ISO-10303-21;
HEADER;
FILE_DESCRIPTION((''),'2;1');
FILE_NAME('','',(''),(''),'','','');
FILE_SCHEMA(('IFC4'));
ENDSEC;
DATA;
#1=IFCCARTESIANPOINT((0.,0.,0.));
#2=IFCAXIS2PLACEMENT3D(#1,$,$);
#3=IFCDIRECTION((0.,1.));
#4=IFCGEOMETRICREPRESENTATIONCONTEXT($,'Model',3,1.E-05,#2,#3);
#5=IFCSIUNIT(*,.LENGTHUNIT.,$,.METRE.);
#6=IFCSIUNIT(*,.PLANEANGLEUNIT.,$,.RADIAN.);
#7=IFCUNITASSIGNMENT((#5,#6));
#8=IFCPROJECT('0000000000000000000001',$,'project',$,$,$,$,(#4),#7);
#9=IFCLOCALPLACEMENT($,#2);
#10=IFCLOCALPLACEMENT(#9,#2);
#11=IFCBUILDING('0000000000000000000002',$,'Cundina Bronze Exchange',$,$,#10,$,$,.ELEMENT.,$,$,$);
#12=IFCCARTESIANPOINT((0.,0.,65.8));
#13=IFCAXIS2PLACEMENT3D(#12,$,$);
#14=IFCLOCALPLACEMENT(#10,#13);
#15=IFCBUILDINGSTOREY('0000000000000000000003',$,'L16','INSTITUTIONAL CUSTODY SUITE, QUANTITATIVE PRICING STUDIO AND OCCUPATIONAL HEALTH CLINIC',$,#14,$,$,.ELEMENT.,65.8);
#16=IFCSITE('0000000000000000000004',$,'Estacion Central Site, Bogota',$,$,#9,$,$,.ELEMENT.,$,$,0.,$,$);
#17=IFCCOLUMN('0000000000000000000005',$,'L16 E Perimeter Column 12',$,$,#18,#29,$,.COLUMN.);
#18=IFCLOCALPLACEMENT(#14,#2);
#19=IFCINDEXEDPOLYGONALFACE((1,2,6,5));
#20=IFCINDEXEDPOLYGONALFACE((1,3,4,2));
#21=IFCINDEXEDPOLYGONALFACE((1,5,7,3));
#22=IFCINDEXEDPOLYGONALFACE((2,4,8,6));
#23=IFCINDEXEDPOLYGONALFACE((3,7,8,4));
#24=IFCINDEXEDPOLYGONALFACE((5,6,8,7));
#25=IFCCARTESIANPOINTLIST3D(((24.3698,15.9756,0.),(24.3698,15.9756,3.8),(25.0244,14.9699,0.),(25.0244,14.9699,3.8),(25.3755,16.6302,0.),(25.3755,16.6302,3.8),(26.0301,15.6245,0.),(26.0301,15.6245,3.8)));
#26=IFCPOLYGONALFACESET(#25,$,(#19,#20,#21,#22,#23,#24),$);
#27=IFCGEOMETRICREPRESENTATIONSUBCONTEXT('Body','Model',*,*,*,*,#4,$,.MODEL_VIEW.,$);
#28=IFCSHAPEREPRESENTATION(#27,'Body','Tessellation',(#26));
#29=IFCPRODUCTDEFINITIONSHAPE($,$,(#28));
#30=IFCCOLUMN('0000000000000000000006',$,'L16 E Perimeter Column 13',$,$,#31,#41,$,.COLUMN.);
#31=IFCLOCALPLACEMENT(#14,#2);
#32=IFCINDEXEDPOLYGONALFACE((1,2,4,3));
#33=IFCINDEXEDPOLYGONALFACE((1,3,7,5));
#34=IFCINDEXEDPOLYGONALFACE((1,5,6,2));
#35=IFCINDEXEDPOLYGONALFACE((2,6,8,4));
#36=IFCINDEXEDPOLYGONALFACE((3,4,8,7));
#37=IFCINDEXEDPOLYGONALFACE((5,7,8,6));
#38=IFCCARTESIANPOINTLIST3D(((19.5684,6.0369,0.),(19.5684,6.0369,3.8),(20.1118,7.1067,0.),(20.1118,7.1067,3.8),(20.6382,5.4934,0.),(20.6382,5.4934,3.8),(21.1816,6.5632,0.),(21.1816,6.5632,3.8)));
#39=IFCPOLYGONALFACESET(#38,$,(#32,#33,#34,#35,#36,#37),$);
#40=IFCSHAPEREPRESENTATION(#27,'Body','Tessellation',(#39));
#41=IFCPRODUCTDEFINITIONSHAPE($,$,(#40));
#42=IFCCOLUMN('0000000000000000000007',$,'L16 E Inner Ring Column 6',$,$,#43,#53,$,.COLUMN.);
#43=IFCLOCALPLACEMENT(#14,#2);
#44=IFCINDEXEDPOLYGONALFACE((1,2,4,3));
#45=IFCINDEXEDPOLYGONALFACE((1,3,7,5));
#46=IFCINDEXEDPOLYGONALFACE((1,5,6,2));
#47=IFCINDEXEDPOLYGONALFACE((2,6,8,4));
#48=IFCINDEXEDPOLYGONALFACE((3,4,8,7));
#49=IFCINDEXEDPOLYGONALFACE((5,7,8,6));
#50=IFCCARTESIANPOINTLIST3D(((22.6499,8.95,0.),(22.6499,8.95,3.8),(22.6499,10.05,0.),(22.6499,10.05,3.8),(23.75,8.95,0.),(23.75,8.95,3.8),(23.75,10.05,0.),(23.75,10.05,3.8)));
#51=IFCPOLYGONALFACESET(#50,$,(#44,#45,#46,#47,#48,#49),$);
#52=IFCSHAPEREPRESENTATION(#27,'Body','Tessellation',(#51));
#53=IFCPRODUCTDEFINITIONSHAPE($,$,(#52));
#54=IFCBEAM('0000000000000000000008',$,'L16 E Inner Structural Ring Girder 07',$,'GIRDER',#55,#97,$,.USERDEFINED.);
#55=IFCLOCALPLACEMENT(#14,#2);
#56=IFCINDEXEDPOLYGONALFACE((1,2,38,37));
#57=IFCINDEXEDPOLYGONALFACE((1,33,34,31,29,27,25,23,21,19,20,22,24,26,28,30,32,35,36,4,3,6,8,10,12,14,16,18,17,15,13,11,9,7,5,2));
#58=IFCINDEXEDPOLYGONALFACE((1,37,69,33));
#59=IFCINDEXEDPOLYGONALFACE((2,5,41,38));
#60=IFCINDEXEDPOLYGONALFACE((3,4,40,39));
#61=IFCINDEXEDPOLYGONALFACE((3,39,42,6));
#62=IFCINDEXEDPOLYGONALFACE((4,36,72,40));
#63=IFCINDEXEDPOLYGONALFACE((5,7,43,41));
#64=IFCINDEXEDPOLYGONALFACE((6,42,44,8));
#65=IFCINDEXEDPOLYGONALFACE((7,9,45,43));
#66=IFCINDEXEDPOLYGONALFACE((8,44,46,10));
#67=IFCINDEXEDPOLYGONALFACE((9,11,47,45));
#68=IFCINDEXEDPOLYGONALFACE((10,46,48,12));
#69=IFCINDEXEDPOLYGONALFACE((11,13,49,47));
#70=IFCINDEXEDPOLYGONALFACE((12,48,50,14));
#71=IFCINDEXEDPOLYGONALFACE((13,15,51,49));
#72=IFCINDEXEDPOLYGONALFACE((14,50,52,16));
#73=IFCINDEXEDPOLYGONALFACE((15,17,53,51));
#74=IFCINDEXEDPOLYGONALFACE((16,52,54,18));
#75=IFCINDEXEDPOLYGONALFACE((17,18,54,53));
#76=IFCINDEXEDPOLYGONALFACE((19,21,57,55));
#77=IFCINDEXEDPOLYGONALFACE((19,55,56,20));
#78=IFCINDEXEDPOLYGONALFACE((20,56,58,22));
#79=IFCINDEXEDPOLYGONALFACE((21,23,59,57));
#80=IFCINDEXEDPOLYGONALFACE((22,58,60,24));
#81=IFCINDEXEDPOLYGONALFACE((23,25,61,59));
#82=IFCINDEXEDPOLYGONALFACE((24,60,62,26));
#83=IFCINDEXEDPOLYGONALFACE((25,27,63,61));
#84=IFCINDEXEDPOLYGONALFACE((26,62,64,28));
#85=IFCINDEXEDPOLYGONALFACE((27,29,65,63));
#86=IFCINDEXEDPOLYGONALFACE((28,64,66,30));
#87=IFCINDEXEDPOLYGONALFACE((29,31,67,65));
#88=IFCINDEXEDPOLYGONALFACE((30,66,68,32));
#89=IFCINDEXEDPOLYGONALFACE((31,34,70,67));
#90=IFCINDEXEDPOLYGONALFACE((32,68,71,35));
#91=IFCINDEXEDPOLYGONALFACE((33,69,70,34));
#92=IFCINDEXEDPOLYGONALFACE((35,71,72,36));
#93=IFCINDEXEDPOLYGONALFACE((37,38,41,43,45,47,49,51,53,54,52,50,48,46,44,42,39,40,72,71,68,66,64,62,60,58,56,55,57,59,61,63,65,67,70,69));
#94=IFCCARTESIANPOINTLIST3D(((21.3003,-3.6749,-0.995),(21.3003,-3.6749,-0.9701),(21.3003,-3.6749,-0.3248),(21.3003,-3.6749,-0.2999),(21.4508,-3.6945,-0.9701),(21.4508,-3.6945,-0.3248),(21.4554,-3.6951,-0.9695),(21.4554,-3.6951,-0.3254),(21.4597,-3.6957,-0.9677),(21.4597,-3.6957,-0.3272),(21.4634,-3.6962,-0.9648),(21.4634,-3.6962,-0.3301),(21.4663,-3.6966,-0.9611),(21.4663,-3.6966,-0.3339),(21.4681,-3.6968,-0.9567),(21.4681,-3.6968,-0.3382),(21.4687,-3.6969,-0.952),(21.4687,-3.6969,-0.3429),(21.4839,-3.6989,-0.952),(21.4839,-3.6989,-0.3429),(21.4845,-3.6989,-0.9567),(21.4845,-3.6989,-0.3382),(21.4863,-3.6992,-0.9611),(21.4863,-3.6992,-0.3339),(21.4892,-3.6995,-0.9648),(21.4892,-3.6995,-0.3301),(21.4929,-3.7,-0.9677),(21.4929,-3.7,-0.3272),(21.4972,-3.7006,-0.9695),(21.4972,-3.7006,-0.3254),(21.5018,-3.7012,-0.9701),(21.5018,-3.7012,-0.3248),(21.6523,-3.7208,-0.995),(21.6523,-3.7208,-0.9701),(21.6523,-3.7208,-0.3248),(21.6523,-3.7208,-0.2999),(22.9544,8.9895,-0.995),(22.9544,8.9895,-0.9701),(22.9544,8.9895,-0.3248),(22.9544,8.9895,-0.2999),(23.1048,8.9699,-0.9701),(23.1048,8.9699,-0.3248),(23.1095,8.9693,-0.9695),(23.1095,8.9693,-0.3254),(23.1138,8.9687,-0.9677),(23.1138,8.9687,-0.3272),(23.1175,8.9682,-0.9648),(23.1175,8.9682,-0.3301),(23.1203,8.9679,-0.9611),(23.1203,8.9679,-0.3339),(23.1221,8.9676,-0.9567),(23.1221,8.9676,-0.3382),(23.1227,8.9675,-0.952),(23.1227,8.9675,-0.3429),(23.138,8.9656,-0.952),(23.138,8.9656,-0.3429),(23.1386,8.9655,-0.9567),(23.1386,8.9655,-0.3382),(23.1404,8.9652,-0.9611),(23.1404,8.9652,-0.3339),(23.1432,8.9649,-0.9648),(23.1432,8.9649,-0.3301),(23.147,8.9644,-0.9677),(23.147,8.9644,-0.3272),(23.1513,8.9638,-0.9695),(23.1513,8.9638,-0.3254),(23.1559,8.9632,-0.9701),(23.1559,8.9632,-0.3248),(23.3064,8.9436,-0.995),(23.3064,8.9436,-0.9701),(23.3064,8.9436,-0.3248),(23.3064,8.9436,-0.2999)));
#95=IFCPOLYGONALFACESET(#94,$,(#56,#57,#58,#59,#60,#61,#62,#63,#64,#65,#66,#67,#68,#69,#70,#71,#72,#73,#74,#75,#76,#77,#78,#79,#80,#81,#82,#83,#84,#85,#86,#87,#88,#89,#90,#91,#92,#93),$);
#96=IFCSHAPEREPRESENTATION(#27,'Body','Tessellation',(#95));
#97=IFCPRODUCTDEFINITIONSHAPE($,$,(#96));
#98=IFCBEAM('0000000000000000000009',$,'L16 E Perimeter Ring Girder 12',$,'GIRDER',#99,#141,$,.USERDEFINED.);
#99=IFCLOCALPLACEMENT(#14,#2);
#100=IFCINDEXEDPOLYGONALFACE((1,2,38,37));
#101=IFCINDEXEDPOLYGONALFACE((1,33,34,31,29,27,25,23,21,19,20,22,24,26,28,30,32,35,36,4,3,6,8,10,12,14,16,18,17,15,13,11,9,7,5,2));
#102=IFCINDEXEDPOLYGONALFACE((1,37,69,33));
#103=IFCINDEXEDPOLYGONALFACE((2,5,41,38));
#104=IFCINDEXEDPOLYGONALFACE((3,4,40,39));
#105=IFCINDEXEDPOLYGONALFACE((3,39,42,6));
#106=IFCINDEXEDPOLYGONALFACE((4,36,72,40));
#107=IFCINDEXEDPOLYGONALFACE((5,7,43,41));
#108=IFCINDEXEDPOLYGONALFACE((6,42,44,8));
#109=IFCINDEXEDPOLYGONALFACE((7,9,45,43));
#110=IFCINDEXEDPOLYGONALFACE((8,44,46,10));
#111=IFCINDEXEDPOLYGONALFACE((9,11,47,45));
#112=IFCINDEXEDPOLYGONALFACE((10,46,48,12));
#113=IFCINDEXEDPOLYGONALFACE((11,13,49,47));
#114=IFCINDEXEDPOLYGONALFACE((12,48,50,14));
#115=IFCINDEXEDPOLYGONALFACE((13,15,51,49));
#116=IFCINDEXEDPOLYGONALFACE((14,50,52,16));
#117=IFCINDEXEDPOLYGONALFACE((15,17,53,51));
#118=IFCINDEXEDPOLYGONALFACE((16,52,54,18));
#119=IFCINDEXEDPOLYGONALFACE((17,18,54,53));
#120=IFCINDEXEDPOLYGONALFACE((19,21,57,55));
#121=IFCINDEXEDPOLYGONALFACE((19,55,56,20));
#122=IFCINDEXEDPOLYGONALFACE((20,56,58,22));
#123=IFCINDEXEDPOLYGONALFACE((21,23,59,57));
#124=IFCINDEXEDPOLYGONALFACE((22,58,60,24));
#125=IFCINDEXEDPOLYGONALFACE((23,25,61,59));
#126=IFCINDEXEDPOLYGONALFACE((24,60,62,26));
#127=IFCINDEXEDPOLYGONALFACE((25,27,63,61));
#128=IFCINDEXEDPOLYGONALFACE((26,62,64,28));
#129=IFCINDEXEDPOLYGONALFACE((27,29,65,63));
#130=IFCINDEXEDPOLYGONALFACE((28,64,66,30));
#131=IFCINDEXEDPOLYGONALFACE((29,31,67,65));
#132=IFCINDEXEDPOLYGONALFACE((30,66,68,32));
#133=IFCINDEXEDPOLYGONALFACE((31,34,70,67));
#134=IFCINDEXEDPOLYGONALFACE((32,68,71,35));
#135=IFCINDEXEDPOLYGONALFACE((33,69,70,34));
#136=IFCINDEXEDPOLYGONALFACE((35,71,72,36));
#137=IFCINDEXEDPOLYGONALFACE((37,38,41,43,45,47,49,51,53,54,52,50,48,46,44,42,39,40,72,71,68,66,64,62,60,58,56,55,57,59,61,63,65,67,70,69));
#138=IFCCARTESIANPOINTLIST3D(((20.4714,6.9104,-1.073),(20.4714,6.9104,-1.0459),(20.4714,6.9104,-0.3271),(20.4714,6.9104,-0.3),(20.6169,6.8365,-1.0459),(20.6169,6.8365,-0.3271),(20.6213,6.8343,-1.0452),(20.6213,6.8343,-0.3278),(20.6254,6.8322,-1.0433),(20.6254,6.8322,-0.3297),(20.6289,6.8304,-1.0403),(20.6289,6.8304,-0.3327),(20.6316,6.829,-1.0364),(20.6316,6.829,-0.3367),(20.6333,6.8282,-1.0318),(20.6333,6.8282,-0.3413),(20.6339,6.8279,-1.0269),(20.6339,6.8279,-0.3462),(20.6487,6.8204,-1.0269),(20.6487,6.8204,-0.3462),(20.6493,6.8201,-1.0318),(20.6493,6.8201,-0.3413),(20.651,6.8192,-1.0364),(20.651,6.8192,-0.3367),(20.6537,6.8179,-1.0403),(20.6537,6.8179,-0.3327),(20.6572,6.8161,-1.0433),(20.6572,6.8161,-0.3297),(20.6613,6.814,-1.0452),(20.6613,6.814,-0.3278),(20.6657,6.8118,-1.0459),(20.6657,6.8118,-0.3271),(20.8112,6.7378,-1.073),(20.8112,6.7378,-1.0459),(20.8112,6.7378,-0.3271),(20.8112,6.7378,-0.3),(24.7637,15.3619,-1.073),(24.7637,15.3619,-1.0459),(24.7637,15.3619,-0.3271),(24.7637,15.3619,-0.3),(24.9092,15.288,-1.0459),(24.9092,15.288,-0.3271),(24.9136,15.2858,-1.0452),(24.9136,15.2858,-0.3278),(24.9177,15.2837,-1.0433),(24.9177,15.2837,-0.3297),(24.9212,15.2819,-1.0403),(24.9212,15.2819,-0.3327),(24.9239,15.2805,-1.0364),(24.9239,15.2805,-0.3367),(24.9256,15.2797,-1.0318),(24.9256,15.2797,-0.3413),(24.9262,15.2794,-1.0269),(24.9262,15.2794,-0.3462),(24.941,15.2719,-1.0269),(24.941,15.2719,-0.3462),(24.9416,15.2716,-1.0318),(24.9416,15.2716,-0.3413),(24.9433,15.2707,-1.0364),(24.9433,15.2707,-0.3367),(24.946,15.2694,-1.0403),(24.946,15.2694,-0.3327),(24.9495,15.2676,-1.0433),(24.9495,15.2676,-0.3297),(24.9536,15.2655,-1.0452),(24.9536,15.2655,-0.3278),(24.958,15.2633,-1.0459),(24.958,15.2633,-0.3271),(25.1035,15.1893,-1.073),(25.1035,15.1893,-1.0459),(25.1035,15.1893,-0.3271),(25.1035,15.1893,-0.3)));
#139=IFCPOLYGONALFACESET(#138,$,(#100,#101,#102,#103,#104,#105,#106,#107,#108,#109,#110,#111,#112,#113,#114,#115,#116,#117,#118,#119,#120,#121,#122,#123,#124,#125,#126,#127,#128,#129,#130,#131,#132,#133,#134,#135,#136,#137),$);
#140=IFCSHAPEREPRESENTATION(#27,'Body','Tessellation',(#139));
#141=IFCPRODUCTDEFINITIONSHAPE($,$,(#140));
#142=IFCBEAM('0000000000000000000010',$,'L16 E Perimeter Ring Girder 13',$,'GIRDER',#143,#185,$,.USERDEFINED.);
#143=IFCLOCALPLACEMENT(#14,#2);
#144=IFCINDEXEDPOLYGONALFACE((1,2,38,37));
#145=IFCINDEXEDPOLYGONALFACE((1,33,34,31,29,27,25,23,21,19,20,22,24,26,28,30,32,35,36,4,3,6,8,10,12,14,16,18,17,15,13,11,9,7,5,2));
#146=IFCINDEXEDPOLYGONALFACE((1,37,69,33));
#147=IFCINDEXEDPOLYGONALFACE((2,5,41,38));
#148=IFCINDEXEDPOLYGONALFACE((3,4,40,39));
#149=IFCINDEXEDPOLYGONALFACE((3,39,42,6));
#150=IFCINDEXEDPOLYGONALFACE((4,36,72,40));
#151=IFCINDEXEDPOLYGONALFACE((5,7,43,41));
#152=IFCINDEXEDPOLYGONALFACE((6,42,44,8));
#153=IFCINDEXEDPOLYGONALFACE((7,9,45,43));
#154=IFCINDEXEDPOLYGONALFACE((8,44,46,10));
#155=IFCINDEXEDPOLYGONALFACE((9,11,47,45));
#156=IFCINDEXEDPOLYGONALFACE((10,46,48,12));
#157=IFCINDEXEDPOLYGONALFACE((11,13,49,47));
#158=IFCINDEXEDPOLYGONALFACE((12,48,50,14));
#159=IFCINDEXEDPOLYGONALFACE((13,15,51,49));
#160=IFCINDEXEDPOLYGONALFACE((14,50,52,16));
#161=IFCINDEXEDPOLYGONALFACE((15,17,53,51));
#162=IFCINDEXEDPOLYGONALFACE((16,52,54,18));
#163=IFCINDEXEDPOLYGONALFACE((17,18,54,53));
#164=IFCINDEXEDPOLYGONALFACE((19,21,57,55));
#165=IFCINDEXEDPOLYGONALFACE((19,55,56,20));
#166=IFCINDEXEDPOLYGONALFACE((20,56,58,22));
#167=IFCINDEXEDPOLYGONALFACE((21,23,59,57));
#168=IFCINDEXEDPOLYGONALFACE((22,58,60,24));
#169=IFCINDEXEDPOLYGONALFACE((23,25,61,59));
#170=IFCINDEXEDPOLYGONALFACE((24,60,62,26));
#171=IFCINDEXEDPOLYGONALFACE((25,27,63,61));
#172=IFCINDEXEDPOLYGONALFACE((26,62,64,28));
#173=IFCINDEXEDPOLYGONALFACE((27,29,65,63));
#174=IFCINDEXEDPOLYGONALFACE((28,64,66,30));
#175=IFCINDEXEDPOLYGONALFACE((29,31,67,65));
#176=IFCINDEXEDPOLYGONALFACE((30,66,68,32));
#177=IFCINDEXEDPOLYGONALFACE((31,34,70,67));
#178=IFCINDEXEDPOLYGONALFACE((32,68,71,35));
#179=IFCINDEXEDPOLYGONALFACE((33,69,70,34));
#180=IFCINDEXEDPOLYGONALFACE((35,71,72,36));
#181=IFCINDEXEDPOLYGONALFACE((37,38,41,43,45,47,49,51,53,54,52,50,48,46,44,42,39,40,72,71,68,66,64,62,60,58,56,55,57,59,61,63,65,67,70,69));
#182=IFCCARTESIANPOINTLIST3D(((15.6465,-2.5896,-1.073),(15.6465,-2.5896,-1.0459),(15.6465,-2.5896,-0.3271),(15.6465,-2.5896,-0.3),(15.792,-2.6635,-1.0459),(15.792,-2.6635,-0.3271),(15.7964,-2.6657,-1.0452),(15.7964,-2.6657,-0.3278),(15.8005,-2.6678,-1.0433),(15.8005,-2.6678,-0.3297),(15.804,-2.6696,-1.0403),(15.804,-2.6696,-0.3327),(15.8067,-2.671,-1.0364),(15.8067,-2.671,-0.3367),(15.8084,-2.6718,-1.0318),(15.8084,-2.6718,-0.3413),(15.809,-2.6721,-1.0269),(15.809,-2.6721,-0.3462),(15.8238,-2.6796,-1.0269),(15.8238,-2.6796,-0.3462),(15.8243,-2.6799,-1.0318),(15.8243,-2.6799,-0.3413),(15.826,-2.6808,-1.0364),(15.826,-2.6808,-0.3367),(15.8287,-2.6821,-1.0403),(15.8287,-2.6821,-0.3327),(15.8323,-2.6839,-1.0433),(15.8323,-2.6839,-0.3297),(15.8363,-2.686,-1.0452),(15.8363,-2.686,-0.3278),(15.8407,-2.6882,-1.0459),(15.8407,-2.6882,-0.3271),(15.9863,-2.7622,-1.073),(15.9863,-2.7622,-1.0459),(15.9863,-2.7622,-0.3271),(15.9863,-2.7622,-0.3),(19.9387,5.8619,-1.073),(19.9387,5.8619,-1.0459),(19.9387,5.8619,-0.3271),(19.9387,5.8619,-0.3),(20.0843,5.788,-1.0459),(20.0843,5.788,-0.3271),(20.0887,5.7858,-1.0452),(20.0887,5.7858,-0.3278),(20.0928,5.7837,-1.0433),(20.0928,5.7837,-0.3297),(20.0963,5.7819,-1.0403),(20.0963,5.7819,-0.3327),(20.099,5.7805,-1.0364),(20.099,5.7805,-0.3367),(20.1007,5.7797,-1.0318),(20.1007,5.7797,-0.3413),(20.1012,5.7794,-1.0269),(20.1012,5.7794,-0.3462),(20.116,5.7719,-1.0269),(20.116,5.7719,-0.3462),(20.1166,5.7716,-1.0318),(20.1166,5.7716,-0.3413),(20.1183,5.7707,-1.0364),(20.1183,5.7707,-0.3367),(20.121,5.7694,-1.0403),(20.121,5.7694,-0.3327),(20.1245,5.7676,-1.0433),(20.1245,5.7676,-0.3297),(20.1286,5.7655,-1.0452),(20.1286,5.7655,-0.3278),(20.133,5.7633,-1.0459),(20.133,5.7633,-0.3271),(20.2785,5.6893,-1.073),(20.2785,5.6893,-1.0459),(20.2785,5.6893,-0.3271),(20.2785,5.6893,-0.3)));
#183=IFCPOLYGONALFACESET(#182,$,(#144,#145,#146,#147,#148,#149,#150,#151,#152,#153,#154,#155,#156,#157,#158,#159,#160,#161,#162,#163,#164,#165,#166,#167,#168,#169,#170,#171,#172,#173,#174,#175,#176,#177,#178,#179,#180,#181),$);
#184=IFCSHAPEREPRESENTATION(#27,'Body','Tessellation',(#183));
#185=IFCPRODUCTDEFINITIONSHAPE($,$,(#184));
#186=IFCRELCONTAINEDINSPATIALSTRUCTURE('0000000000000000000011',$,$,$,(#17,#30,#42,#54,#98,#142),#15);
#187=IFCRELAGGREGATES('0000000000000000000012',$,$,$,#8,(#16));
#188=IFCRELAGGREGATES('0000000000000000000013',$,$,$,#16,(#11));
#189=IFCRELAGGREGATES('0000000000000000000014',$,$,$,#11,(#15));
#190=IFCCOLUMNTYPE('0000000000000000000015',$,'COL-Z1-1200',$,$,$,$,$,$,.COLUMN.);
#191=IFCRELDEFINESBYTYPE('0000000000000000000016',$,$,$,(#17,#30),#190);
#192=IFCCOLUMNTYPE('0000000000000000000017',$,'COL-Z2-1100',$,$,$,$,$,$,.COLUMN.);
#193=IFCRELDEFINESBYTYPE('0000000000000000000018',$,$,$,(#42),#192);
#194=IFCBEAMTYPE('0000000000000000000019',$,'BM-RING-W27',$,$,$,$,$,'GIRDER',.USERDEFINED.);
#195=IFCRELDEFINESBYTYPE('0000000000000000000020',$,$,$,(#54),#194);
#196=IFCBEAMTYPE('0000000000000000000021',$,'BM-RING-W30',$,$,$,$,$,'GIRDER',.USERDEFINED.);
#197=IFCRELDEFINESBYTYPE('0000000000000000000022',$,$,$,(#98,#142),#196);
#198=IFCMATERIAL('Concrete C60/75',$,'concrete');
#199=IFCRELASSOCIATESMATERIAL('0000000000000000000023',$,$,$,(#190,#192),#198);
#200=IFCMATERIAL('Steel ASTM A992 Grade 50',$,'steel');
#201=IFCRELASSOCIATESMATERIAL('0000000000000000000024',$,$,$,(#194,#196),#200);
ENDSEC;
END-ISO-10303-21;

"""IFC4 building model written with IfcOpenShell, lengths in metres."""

from ifc_helpers import new_model, si_unit, direction, frame, origin, origin_2d, place, context, subcontext, project, spatial, rectangle, i_section, extrude, material, material_profile, profile_set, type_object, element, save


model = new_model("IFC4")

# Units and contexts
model_context = context("Model", 3, precision=1e-05, world=origin(), true_north=direction((0.0, 1.0)))
body_context = subcontext(model_context, "Body", "Model", "MODEL_VIEW")
ifc_project = project(units=[si_unit("LENGTHUNIT", "METRE"), si_unit("PLANEANGLEUNIT", "RADIAN")], contexts=[model_context])

# Site, building, storey
site_placement = place(None, origin())
site = spatial("IfcSite", under=ifc_project, at=site_placement, Name="Estacion Central Site, Bogota", CompositionType="ELEMENT", RefElevation=0.0)
building_placement = place(site_placement, origin())
building = spatial("IfcBuilding", under=site, at=building_placement, Name="Cundina Bronze Exchange", CompositionType="ELEMENT")
storey_placement = place(building_placement, frame((0.0, 0.0, 65.8)))
storey = spatial("IfcBuildingStorey", under=building, at=storey_placement, Name="L16", Description="INSTITUTIONAL CUSTODY SUITE, QUANTITATIVE PRICING STUDIO AND OCCUPATIONAL HEALTH CLINIC", CompositionType="ELEMENT", Elevation=65.8)

# Columns
ifc_material_1 = material(Name="Concrete C60/75", Category="concrete")
ifc_material_profile_1 = material_profile(ifc_material_1, rectangle(XDim=1.2, YDim=1.2, at=origin_2d()), Name="RC1200X1200", Category="concrete")
ifc_profile_set_1 = profile_set([ifc_material_profile_1], Name="Concrete C60/75")
column_type_1 = type_object("IfcColumnType", Name="COL-Z1-1200", PredefinedType="COLUMN", material=ifc_profile_set_1)
for number, where, z_axis, x_axis, name in (
    (1, (25.2, 15.8, 0.0), (0.0, 0.0, 1.0), (-0.8381, -0.545517, 0.0), "L16 E Perimeter Column 12"),
    (2, (20.375, 6.3, 0.0), (0.0, 0.0, 1.0), (-0.452902, -0.891561, 0.0), "L16 E Perimeter Column 13"),
):
    element("IfcColumn", number, at=place(storey_placement, frame(where, z_axis=z_axis, x_axis=x_axis)), inside=storey, type_object=column_type_1, Name=name, PredefinedType="COLUMN", context=body_context, shape_type="SweptSolid", body=[
        extrude(rectangle(XDim=1.2, YDim=1.2, at=origin_2d()), origin(), (0.0, 0.0, 1.0), 3.8),
    ])
ifc_material_profile_2 = material_profile(ifc_material_1, rectangle(XDim=1.1001, YDim=1.1001, at=origin_2d()), Name="RC1100X1100", Category="concrete")
ifc_profile_set_2 = profile_set([ifc_material_profile_2], Name="Concrete C60/75")
column_type_2 = type_object("IfcColumnType", Name="COL-Z2-1100", PredefinedType="COLUMN", material=ifc_profile_set_2)
column_placement = place(storey_placement, frame((23.2, 9.5, 0.0), z_axis=(0.0, 0.0, 1.0), x_axis=(1.0, 0.0, 0.0)))
element("IfcColumn", 3, at=column_placement, inside=storey, type_object=column_type_2, Name="L16 E Inner Ring Column 6", PredefinedType="COLUMN", context=body_context, shape_type="SweptSolid", body=[
    extrude(rectangle(XDim=1.1001, YDim=1.1001, at=origin_2d()), origin(), (0.0, 0.0, 1.0), 3.8),
])

# Beams
ifc_material_2 = material(Name="Steel ASTM A992 Grade 50", Category="steel")
ifc_material_profile_3 = material_profile(ifc_material_2, i_section(OverallWidth=0.355, OverallDepth=0.6951, WebThickness=0.0154, FlangeThickness=0.0249, FilletRadius=0.0181, at=origin_2d()), Name="W27X146", Category="steel")
ifc_profile_set_3 = profile_set([ifc_material_profile_3], Name="Steel ASTM A992 Grade 50")
beam_type_1 = type_object("IfcBeamType", Name="BM-RING-W27", ElementType="GIRDER", PredefinedType="USERDEFINED", material=ifc_profile_set_3)
beam_placement = place(storey_placement, frame((23.1304, 8.9666, -0.6475), z_axis=(-0.129508, -0.991578, 0.0), x_axis=(0.991578, -0.129508, 0.0)))
element("IfcBeam", 4, at=beam_placement, inside=storey, type_object=beam_type_1, Name="L16 E Inner Structural Ring Girder 07", ObjectType="GIRDER", PredefinedType="USERDEFINED", context=body_context, shape_type="SweptSolid", body=[
    extrude(i_section(OverallWidth=0.355, OverallDepth=0.6951, WebThickness=0.0154, FlangeThickness=0.0249, FilletRadius=0.0181, at=origin_2d()), origin(), (0.0, 0.0, 1.0), 12.772),
])
ifc_material_profile_4 = material_profile(ifc_material_2, i_section(OverallWidth=0.3811, OverallDepth=0.7729, WebThickness=0.0166, FlangeThickness=0.0271, FilletRadius=0.019, at=origin_2d()), Name="W30X173", Category="steel")
ifc_profile_set_4 = profile_set([ifc_material_profile_4], Name="Steel ASTM A992 Grade 50")
beam_type_2 = type_object("IfcBeamType", Name="BM-RING-W30", ElementType="GIRDER", PredefinedType="USERDEFINED", material=ifc_profile_set_4)
for number, where, z_axis, x_axis, name in (
    (5, (24.9336, 15.2756, -0.6865), (-0.45282, -0.891602, 0.0), (0.891602, -0.45282, 0.0), "L16 E Perimeter Ring Girder 12"),
    (6, (20.1086, 5.7756, -0.6865), (-0.45282, -0.891602, 0.0), (0.891602, -0.45282, 0.0), "L16 E Perimeter Ring Girder 13"),
):
    element("IfcBeam", number, at=place(storey_placement, frame(where, z_axis=z_axis, x_axis=x_axis)), inside=storey, type_object=beam_type_2, Name=name, ObjectType="GIRDER", PredefinedType="USERDEFINED", context=body_context, shape_type="SweptSolid", body=[
        extrude(i_section(OverallWidth=0.3811, OverallDepth=0.7729, WebThickness=0.0166, FlangeThickness=0.0271, FilletRadius=0.019, at=origin_2d()), origin(), (0.0, 0.0, 1.0), 9.479),
    ])

save(model, "model.ifc")
